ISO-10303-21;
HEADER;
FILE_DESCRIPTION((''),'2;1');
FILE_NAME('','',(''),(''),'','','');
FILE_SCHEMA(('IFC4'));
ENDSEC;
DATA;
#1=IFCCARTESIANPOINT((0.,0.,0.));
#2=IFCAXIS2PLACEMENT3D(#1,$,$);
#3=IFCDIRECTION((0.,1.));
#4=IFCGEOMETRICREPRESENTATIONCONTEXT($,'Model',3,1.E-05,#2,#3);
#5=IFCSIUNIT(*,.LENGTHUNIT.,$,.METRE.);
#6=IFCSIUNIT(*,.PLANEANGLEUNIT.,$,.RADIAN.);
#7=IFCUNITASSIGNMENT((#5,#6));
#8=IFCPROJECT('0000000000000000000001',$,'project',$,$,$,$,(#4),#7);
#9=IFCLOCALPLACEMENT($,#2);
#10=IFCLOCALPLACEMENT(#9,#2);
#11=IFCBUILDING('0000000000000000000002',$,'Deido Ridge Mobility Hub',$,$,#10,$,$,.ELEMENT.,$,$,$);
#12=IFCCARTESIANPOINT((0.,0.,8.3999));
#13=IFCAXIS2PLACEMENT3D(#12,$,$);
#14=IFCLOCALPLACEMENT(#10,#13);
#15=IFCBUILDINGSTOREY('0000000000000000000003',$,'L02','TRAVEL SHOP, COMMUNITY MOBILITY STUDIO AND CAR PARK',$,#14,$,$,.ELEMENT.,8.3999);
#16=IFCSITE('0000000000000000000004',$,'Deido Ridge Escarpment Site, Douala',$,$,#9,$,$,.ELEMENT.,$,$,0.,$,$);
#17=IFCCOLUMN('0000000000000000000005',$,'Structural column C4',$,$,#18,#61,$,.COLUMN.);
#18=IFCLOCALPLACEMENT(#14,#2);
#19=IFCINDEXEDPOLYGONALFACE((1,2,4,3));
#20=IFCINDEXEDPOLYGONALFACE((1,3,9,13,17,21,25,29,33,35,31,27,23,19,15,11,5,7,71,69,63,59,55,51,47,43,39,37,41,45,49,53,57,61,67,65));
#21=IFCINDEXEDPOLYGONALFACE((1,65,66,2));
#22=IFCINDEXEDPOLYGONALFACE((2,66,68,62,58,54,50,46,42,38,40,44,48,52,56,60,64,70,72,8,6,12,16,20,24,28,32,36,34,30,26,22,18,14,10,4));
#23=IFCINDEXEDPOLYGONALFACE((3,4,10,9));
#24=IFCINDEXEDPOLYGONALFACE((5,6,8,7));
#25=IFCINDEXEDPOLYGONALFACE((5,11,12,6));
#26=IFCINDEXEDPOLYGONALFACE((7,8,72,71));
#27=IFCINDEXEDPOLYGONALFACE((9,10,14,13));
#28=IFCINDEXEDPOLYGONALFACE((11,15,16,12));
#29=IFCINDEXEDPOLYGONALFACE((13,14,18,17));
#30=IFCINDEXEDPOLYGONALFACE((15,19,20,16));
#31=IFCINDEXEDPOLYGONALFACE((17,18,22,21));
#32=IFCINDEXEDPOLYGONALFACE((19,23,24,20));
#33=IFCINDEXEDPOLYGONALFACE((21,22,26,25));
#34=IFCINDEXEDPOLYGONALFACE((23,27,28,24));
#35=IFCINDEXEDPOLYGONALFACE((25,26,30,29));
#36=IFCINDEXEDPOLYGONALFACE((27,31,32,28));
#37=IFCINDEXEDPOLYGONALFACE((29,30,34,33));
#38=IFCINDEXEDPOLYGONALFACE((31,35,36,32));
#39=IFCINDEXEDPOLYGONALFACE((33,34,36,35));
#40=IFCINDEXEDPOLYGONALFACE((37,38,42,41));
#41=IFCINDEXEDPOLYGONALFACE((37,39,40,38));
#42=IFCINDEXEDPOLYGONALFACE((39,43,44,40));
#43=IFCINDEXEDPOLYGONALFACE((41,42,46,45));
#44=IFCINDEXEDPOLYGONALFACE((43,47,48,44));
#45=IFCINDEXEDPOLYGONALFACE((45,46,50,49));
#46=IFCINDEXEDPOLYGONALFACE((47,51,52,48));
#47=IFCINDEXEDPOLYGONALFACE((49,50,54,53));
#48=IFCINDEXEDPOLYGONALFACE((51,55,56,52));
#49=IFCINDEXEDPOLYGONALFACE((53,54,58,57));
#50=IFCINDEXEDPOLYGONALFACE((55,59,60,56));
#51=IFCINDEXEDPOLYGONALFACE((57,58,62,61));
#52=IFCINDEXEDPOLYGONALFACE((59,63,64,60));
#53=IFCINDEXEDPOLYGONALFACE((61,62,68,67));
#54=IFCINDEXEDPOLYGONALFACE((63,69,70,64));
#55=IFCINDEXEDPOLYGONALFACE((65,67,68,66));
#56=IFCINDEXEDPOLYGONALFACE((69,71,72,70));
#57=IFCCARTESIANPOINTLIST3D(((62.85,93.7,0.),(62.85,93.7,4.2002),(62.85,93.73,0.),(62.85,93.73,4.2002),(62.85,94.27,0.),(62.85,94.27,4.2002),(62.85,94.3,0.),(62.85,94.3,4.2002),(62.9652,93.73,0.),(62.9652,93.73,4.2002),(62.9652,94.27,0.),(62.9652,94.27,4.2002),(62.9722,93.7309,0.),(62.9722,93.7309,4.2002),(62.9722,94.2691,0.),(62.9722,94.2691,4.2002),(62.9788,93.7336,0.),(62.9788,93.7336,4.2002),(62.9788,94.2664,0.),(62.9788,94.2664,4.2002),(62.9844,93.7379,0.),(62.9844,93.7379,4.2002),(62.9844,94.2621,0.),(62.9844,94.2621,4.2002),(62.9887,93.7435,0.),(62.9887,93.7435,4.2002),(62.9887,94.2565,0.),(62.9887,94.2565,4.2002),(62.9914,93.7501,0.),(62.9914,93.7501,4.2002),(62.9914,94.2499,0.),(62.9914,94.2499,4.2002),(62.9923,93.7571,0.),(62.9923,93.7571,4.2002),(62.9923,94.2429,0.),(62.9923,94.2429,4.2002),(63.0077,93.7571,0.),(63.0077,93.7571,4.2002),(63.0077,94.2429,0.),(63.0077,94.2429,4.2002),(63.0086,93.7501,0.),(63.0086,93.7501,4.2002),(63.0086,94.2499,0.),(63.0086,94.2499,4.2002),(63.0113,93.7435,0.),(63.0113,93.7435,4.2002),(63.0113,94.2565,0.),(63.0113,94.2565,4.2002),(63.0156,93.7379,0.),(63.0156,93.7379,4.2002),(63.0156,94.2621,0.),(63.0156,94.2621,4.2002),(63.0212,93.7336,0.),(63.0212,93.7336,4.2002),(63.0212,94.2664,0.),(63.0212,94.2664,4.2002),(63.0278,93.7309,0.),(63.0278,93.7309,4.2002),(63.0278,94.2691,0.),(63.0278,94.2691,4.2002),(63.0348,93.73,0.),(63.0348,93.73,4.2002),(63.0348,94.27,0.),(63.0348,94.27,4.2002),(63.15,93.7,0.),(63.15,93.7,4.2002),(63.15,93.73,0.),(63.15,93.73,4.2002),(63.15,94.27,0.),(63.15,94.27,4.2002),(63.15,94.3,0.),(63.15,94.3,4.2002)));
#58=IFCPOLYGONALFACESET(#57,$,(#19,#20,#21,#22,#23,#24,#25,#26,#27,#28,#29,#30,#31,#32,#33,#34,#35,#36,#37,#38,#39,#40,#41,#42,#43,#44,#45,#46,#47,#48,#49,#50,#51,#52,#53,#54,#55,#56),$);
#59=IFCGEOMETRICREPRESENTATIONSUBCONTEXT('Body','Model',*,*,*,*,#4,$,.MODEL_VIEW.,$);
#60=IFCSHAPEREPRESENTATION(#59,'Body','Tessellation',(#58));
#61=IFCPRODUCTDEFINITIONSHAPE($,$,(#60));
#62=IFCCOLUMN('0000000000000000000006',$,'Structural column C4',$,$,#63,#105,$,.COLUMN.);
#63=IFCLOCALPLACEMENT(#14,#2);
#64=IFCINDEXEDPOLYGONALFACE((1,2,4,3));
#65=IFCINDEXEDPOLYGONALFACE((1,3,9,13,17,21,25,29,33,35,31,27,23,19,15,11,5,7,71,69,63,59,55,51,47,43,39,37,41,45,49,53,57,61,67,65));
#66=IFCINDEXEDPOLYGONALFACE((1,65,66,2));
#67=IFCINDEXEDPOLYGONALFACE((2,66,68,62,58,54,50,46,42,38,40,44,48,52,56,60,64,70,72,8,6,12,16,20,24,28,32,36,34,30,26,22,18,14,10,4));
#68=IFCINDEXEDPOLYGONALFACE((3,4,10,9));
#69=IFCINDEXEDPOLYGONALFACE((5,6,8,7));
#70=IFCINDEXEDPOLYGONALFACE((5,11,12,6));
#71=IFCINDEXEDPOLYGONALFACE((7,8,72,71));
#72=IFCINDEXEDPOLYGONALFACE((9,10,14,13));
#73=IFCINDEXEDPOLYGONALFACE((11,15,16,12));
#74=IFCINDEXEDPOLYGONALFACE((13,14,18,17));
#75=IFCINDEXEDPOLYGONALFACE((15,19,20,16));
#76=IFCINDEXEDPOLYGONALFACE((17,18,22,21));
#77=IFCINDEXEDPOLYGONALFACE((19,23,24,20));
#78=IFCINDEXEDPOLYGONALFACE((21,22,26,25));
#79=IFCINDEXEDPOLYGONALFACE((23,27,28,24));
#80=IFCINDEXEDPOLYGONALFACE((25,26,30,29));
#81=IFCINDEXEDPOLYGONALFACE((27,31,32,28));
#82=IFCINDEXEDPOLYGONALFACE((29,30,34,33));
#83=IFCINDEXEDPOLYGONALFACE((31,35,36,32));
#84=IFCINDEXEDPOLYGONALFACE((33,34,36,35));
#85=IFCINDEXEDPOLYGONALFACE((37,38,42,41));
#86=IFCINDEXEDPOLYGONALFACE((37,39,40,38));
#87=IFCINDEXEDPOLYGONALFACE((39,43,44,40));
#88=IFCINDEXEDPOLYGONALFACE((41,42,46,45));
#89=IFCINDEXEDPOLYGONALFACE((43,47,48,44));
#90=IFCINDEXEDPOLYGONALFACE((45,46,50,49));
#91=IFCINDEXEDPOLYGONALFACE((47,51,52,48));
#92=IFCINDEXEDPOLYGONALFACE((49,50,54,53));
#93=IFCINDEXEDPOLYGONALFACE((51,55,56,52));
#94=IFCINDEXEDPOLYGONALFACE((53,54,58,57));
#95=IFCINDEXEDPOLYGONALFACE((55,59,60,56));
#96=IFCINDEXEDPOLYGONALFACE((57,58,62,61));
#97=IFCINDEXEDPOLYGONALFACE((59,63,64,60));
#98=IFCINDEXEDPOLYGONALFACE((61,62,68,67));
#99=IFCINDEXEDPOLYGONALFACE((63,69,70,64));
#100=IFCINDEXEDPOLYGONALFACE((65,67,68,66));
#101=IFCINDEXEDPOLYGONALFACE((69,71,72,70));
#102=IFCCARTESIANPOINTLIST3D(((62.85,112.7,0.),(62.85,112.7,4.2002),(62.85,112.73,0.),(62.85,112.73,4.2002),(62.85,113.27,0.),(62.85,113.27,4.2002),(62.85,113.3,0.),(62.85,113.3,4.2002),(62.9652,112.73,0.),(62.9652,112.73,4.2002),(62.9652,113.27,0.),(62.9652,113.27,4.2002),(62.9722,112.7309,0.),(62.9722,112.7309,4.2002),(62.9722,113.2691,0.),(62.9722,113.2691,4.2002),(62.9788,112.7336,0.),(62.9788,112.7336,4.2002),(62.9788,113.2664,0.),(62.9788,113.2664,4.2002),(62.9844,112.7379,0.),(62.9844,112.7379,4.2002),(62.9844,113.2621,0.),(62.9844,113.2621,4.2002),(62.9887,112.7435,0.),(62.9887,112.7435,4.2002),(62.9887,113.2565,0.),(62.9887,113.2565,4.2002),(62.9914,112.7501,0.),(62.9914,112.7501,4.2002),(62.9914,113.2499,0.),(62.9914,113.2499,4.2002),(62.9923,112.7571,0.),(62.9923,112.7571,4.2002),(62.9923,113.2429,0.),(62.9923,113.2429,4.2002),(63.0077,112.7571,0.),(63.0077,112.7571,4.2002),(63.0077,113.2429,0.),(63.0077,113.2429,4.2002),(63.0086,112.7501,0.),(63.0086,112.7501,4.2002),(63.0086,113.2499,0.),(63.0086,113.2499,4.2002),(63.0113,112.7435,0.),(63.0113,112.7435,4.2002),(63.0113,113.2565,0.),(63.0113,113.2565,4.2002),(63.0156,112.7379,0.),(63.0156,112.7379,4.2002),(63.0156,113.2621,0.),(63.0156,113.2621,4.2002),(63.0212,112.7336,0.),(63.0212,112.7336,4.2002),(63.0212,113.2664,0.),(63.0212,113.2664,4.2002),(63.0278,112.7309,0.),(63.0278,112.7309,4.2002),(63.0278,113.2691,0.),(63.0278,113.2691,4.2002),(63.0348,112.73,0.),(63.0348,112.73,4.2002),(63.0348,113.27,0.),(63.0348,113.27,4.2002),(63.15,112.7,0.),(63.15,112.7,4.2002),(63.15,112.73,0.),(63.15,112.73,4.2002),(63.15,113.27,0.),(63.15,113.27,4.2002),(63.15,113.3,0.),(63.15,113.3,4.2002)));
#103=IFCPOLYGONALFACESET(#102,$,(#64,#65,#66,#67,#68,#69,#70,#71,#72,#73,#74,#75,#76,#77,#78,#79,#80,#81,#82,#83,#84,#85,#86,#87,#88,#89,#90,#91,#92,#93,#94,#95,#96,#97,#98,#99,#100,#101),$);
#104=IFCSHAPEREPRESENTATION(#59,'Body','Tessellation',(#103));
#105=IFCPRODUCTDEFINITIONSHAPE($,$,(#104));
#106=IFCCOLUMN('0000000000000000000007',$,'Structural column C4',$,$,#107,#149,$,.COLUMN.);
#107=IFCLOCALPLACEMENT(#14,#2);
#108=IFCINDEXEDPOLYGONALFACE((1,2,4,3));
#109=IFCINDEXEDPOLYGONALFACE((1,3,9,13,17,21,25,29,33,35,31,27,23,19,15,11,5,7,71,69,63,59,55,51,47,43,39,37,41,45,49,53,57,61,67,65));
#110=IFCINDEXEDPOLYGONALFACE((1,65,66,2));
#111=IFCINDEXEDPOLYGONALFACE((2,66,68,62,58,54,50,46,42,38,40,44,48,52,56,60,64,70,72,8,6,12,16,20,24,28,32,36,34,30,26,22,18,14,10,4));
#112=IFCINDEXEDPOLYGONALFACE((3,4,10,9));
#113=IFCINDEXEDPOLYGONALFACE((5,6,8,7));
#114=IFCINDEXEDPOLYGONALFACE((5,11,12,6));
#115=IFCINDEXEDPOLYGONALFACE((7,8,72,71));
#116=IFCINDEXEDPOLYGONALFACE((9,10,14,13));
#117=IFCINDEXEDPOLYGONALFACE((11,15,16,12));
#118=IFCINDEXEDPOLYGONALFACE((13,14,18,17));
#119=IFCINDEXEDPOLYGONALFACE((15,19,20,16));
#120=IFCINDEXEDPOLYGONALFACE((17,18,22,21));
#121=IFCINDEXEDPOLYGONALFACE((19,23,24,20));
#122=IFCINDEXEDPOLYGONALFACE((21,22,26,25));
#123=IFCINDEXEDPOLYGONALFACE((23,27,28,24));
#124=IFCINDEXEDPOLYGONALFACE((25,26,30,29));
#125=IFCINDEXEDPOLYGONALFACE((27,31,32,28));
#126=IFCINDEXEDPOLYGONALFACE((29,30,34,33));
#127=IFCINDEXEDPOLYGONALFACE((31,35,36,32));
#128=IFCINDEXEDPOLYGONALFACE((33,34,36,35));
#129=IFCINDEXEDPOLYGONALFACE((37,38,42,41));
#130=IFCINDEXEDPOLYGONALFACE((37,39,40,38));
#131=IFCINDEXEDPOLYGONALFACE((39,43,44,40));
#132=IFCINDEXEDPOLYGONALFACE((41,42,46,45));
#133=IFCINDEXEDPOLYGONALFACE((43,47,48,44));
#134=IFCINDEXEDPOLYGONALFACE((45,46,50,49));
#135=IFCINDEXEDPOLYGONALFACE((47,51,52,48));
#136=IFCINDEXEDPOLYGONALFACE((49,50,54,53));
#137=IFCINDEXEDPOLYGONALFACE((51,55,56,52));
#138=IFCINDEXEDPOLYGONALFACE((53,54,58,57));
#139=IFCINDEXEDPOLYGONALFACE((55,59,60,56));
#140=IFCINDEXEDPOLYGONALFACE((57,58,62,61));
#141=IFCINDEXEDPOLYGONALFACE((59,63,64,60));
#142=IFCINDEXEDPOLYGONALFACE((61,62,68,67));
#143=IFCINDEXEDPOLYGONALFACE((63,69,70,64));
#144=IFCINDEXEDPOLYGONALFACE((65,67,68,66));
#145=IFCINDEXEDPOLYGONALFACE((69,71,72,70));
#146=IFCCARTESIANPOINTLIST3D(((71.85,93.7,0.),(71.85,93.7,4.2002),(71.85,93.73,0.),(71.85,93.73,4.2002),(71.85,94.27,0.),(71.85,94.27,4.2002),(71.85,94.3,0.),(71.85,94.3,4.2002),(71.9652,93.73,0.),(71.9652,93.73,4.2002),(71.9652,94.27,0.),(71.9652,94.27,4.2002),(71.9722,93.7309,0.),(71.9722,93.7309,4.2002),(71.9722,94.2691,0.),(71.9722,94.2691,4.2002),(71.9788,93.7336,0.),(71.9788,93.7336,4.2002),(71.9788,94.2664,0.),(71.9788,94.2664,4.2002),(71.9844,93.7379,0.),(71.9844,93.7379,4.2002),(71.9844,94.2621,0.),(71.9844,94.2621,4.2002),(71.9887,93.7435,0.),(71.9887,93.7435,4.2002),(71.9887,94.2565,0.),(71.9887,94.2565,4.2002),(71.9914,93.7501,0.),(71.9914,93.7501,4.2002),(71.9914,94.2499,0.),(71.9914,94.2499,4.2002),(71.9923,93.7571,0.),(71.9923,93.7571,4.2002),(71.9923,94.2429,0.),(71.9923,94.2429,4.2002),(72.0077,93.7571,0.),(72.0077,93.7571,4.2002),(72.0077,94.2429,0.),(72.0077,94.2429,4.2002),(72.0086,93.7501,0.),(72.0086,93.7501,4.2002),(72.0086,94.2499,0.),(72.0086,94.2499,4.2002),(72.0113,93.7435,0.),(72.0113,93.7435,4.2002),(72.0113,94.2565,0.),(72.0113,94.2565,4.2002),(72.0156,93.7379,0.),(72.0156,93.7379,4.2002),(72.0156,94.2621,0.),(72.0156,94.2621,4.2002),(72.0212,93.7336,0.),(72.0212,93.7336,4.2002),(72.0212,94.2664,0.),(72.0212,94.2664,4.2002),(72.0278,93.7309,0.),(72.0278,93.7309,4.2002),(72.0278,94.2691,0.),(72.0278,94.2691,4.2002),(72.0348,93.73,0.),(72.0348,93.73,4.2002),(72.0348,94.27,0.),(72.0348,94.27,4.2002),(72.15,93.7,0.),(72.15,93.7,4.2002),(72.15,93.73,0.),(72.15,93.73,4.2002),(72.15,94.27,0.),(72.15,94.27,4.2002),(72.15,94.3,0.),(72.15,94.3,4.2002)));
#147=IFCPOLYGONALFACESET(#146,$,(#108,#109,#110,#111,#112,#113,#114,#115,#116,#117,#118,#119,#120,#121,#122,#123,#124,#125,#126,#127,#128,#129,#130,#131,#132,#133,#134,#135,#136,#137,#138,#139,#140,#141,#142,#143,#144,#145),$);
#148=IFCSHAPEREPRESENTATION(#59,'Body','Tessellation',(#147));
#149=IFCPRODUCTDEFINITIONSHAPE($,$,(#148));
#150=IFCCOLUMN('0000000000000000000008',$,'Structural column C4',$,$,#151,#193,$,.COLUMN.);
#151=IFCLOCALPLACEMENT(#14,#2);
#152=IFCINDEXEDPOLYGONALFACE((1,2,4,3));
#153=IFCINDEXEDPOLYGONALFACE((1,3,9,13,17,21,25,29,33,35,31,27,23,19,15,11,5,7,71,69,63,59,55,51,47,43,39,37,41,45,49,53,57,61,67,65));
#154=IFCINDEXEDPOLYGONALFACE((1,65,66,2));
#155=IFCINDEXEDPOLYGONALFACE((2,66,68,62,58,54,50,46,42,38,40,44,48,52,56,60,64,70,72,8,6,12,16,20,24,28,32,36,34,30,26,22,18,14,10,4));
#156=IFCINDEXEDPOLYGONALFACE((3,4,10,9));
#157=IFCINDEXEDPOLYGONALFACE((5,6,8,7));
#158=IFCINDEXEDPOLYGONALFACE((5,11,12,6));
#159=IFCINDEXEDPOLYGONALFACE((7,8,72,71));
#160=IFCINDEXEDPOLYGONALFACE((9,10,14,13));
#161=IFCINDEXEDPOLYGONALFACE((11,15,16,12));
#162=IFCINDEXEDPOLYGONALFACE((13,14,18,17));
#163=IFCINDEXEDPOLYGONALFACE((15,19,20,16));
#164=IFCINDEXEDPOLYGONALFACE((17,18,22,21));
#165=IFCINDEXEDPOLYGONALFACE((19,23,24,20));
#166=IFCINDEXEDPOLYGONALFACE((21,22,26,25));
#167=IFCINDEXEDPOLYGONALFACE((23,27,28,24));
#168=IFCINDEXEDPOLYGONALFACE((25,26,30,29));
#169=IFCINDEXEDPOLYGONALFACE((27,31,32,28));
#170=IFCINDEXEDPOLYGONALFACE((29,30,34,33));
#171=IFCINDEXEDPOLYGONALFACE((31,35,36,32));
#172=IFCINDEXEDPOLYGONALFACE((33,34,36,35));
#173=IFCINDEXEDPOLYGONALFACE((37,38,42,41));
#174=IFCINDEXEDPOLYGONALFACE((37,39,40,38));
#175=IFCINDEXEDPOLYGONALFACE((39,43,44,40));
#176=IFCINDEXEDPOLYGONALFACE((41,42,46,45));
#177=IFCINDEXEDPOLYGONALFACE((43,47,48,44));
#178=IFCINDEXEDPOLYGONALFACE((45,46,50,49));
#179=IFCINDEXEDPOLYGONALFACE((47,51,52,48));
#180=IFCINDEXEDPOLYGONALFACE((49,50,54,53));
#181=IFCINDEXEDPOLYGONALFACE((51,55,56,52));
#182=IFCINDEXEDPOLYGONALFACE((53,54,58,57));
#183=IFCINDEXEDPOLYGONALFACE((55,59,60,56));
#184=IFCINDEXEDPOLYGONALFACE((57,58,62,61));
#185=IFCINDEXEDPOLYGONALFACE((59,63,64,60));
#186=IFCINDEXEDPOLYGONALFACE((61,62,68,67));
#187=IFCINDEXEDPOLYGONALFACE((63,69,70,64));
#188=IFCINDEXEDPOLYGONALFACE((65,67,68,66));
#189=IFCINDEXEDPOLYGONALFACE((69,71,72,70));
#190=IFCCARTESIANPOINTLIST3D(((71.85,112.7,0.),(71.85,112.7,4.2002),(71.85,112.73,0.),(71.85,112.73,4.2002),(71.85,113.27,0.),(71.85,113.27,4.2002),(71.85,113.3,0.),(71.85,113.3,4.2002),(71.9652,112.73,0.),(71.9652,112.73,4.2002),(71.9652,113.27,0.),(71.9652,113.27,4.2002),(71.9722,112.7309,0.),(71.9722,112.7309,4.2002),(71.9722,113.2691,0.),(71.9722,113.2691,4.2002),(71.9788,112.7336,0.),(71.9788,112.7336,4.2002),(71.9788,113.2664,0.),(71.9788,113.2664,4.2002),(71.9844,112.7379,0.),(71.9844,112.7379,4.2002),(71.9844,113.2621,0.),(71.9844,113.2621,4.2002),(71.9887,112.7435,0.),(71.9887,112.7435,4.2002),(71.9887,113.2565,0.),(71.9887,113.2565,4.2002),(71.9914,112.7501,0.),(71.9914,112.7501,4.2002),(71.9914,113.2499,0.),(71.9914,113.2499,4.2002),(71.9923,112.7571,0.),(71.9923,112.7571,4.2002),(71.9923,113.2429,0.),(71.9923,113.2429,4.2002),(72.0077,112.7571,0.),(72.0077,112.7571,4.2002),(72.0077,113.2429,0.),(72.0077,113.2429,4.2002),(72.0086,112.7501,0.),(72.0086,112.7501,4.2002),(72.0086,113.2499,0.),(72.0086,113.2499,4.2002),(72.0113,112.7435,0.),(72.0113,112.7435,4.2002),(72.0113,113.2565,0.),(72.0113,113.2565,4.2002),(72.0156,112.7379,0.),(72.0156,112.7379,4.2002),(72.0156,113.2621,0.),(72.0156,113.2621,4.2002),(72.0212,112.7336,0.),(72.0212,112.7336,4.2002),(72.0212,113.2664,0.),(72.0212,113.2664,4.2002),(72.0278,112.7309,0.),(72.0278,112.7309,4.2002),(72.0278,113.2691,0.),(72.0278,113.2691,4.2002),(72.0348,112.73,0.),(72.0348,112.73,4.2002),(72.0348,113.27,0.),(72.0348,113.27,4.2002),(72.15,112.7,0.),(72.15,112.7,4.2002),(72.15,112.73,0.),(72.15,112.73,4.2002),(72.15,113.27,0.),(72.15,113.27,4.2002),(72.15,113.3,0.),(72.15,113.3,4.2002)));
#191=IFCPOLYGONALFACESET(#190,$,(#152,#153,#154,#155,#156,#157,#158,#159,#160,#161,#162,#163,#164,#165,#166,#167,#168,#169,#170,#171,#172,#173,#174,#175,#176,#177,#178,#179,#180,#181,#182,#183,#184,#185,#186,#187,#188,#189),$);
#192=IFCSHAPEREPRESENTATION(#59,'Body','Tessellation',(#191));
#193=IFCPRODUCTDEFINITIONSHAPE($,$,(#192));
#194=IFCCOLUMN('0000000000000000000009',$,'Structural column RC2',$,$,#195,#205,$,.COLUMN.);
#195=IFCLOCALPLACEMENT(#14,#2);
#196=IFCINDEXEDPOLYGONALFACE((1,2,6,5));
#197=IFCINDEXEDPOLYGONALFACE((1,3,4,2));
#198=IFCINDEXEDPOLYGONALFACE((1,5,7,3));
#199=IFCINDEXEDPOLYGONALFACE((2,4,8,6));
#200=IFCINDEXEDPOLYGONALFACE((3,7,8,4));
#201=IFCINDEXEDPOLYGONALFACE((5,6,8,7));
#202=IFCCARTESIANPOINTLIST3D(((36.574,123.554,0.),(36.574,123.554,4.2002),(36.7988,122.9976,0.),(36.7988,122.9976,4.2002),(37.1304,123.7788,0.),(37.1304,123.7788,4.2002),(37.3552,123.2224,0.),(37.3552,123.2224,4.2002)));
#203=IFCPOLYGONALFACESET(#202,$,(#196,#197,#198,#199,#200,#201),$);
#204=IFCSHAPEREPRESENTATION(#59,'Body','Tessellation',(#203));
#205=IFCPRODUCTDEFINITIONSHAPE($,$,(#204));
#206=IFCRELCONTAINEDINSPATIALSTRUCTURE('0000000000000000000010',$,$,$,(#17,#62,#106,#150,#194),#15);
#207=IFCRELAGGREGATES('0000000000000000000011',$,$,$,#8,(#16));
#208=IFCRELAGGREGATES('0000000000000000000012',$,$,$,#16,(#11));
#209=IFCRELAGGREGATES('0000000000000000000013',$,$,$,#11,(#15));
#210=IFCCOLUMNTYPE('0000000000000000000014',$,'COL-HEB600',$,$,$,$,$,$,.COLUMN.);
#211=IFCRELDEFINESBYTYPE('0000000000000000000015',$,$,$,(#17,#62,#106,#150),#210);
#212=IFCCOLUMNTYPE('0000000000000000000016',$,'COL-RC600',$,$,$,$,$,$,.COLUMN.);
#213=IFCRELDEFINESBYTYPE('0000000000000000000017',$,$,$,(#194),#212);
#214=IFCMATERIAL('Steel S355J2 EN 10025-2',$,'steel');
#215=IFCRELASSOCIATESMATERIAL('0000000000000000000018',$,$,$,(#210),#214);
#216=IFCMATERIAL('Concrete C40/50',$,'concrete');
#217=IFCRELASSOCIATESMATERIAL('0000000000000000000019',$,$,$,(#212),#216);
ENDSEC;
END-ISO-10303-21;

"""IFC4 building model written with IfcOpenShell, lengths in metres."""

from ifc_helpers import new_model, si_unit, direction, frame, origin, origin_2d, place, context, subcontext, project, spatial, rectangle, i_section, extrude, material, material_profile, profile_set, type_object, element, save


model = new_model("IFC4")

# Units and contexts
model_context = context("Model", 3, precision=1e-05, world=origin(), true_north=direction((0.0, 1.0)))
body_context = subcontext(model_context, "Body", "Model", "MODEL_VIEW")
ifc_project = project(units=[si_unit("LENGTHUNIT", "METRE"), si_unit("PLANEANGLEUNIT", "RADIAN")], contexts=[model_context])

# Site, building, storey
site_placement = place(None, origin())
site = spatial("IfcSite", under=ifc_project, at=site_placement, Name="Deido Ridge Escarpment Site, Douala", CompositionType="ELEMENT", RefElevation=0.0)
building_placement = place(site_placement, origin())
building = spatial("IfcBuilding", under=site, at=building_placement, Name="Deido Ridge Mobility Hub", CompositionType="ELEMENT")
storey_placement = place(building_placement, frame((0.0, 0.0, 8.3999)))
storey = spatial("IfcBuildingStorey", under=building, at=storey_placement, Name="L02", Description="TRAVEL SHOP, COMMUNITY MOBILITY STUDIO AND CAR PARK", CompositionType="ELEMENT", Elevation=8.3999)

# Columns
ifc_material_1 = material(Name="Steel S355J2 EN 10025-2", Category="steel")
ifc_material_profile_1 = material_profile(ifc_material_1, i_section(OverallWidth=0.3, OverallDepth=0.6001, WebThickness=0.0154, FlangeThickness=0.03, FilletRadius=0.0271, at=origin_2d()), Name="HEB 600")
ifc_profile_set_1 = profile_set([ifc_material_profile_1], Name="Steel S355J2 EN 10025-2")
column_type_1 = type_object("IfcColumnType", Name="COL-HEB600", PredefinedType="COLUMN", material=ifc_profile_set_1)
for number, where, z_axis, x_axis, name in (
    (1, (63.0, 94.0, 0.0), (0.0, 0.0, 1.0), (1.0, 0.0, 0.0), "Structural column C4"),
    (2, (63.0, 113.0, 0.0), (0.0, 0.0, 1.0), (1.0, 0.0, 0.0), "Structural column C4"),
    (3, (72.0, 94.0, 0.0), (0.0, 0.0, 1.0), (1.0, 0.0, 0.0), "Structural column C4"),
    (4, (72.0, 113.0, 0.0), (0.0, 0.0, 1.0), (1.0, 0.0, 0.0), "Structural column C4"),
):
    element("IfcColumn", number, at=place(storey_placement, frame(where, z_axis=z_axis, x_axis=x_axis)), inside=storey, type_object=column_type_1, Name=name, PredefinedType="COLUMN", context=body_context, shape_type="SweptSolid", body=[
        extrude(i_section(OverallWidth=0.3, OverallDepth=0.6001, WebThickness=0.0154, FlangeThickness=0.03, FilletRadius=0.0271, at=origin_2d()), origin(), (0.0, 0.0, 1.0), 4.2002),
    ])
ifc_material_2 = material(Name="Concrete C40/50", Category="concrete")
ifc_material_profile_2 = material_profile(ifc_material_2, rectangle(XDim=0.6001, YDim=0.6001, at=origin_2d()), Name="RC COL 600x600")
ifc_profile_set_2 = profile_set([ifc_material_profile_2], Name="Concrete C40/50")
column_type_2 = type_object("IfcColumnType", Name="COL-RC600", PredefinedType="COLUMN", material=ifc_profile_set_2)
for number, where, z_axis, x_axis, name in (
    (5, (36.9646, 123.3882, 0.0), (0.0, 0.0, 1.0), (-0.374607, 0.927184, 0.0), "Structural column RC2"),
):
    element("IfcColumn", number, at=place(storey_placement, frame(where, z_axis=z_axis, x_axis=x_axis)), inside=storey, type_object=column_type_2, Name=name, PredefinedType="COLUMN", context=body_context, shape_type="SweptSolid", body=[
        extrude(rectangle(XDim=0.6001, YDim=0.6001, at=origin_2d()), origin(), (0.0, 0.0, 1.0), 4.2002),
    ])

save(model, "model.ifc")
